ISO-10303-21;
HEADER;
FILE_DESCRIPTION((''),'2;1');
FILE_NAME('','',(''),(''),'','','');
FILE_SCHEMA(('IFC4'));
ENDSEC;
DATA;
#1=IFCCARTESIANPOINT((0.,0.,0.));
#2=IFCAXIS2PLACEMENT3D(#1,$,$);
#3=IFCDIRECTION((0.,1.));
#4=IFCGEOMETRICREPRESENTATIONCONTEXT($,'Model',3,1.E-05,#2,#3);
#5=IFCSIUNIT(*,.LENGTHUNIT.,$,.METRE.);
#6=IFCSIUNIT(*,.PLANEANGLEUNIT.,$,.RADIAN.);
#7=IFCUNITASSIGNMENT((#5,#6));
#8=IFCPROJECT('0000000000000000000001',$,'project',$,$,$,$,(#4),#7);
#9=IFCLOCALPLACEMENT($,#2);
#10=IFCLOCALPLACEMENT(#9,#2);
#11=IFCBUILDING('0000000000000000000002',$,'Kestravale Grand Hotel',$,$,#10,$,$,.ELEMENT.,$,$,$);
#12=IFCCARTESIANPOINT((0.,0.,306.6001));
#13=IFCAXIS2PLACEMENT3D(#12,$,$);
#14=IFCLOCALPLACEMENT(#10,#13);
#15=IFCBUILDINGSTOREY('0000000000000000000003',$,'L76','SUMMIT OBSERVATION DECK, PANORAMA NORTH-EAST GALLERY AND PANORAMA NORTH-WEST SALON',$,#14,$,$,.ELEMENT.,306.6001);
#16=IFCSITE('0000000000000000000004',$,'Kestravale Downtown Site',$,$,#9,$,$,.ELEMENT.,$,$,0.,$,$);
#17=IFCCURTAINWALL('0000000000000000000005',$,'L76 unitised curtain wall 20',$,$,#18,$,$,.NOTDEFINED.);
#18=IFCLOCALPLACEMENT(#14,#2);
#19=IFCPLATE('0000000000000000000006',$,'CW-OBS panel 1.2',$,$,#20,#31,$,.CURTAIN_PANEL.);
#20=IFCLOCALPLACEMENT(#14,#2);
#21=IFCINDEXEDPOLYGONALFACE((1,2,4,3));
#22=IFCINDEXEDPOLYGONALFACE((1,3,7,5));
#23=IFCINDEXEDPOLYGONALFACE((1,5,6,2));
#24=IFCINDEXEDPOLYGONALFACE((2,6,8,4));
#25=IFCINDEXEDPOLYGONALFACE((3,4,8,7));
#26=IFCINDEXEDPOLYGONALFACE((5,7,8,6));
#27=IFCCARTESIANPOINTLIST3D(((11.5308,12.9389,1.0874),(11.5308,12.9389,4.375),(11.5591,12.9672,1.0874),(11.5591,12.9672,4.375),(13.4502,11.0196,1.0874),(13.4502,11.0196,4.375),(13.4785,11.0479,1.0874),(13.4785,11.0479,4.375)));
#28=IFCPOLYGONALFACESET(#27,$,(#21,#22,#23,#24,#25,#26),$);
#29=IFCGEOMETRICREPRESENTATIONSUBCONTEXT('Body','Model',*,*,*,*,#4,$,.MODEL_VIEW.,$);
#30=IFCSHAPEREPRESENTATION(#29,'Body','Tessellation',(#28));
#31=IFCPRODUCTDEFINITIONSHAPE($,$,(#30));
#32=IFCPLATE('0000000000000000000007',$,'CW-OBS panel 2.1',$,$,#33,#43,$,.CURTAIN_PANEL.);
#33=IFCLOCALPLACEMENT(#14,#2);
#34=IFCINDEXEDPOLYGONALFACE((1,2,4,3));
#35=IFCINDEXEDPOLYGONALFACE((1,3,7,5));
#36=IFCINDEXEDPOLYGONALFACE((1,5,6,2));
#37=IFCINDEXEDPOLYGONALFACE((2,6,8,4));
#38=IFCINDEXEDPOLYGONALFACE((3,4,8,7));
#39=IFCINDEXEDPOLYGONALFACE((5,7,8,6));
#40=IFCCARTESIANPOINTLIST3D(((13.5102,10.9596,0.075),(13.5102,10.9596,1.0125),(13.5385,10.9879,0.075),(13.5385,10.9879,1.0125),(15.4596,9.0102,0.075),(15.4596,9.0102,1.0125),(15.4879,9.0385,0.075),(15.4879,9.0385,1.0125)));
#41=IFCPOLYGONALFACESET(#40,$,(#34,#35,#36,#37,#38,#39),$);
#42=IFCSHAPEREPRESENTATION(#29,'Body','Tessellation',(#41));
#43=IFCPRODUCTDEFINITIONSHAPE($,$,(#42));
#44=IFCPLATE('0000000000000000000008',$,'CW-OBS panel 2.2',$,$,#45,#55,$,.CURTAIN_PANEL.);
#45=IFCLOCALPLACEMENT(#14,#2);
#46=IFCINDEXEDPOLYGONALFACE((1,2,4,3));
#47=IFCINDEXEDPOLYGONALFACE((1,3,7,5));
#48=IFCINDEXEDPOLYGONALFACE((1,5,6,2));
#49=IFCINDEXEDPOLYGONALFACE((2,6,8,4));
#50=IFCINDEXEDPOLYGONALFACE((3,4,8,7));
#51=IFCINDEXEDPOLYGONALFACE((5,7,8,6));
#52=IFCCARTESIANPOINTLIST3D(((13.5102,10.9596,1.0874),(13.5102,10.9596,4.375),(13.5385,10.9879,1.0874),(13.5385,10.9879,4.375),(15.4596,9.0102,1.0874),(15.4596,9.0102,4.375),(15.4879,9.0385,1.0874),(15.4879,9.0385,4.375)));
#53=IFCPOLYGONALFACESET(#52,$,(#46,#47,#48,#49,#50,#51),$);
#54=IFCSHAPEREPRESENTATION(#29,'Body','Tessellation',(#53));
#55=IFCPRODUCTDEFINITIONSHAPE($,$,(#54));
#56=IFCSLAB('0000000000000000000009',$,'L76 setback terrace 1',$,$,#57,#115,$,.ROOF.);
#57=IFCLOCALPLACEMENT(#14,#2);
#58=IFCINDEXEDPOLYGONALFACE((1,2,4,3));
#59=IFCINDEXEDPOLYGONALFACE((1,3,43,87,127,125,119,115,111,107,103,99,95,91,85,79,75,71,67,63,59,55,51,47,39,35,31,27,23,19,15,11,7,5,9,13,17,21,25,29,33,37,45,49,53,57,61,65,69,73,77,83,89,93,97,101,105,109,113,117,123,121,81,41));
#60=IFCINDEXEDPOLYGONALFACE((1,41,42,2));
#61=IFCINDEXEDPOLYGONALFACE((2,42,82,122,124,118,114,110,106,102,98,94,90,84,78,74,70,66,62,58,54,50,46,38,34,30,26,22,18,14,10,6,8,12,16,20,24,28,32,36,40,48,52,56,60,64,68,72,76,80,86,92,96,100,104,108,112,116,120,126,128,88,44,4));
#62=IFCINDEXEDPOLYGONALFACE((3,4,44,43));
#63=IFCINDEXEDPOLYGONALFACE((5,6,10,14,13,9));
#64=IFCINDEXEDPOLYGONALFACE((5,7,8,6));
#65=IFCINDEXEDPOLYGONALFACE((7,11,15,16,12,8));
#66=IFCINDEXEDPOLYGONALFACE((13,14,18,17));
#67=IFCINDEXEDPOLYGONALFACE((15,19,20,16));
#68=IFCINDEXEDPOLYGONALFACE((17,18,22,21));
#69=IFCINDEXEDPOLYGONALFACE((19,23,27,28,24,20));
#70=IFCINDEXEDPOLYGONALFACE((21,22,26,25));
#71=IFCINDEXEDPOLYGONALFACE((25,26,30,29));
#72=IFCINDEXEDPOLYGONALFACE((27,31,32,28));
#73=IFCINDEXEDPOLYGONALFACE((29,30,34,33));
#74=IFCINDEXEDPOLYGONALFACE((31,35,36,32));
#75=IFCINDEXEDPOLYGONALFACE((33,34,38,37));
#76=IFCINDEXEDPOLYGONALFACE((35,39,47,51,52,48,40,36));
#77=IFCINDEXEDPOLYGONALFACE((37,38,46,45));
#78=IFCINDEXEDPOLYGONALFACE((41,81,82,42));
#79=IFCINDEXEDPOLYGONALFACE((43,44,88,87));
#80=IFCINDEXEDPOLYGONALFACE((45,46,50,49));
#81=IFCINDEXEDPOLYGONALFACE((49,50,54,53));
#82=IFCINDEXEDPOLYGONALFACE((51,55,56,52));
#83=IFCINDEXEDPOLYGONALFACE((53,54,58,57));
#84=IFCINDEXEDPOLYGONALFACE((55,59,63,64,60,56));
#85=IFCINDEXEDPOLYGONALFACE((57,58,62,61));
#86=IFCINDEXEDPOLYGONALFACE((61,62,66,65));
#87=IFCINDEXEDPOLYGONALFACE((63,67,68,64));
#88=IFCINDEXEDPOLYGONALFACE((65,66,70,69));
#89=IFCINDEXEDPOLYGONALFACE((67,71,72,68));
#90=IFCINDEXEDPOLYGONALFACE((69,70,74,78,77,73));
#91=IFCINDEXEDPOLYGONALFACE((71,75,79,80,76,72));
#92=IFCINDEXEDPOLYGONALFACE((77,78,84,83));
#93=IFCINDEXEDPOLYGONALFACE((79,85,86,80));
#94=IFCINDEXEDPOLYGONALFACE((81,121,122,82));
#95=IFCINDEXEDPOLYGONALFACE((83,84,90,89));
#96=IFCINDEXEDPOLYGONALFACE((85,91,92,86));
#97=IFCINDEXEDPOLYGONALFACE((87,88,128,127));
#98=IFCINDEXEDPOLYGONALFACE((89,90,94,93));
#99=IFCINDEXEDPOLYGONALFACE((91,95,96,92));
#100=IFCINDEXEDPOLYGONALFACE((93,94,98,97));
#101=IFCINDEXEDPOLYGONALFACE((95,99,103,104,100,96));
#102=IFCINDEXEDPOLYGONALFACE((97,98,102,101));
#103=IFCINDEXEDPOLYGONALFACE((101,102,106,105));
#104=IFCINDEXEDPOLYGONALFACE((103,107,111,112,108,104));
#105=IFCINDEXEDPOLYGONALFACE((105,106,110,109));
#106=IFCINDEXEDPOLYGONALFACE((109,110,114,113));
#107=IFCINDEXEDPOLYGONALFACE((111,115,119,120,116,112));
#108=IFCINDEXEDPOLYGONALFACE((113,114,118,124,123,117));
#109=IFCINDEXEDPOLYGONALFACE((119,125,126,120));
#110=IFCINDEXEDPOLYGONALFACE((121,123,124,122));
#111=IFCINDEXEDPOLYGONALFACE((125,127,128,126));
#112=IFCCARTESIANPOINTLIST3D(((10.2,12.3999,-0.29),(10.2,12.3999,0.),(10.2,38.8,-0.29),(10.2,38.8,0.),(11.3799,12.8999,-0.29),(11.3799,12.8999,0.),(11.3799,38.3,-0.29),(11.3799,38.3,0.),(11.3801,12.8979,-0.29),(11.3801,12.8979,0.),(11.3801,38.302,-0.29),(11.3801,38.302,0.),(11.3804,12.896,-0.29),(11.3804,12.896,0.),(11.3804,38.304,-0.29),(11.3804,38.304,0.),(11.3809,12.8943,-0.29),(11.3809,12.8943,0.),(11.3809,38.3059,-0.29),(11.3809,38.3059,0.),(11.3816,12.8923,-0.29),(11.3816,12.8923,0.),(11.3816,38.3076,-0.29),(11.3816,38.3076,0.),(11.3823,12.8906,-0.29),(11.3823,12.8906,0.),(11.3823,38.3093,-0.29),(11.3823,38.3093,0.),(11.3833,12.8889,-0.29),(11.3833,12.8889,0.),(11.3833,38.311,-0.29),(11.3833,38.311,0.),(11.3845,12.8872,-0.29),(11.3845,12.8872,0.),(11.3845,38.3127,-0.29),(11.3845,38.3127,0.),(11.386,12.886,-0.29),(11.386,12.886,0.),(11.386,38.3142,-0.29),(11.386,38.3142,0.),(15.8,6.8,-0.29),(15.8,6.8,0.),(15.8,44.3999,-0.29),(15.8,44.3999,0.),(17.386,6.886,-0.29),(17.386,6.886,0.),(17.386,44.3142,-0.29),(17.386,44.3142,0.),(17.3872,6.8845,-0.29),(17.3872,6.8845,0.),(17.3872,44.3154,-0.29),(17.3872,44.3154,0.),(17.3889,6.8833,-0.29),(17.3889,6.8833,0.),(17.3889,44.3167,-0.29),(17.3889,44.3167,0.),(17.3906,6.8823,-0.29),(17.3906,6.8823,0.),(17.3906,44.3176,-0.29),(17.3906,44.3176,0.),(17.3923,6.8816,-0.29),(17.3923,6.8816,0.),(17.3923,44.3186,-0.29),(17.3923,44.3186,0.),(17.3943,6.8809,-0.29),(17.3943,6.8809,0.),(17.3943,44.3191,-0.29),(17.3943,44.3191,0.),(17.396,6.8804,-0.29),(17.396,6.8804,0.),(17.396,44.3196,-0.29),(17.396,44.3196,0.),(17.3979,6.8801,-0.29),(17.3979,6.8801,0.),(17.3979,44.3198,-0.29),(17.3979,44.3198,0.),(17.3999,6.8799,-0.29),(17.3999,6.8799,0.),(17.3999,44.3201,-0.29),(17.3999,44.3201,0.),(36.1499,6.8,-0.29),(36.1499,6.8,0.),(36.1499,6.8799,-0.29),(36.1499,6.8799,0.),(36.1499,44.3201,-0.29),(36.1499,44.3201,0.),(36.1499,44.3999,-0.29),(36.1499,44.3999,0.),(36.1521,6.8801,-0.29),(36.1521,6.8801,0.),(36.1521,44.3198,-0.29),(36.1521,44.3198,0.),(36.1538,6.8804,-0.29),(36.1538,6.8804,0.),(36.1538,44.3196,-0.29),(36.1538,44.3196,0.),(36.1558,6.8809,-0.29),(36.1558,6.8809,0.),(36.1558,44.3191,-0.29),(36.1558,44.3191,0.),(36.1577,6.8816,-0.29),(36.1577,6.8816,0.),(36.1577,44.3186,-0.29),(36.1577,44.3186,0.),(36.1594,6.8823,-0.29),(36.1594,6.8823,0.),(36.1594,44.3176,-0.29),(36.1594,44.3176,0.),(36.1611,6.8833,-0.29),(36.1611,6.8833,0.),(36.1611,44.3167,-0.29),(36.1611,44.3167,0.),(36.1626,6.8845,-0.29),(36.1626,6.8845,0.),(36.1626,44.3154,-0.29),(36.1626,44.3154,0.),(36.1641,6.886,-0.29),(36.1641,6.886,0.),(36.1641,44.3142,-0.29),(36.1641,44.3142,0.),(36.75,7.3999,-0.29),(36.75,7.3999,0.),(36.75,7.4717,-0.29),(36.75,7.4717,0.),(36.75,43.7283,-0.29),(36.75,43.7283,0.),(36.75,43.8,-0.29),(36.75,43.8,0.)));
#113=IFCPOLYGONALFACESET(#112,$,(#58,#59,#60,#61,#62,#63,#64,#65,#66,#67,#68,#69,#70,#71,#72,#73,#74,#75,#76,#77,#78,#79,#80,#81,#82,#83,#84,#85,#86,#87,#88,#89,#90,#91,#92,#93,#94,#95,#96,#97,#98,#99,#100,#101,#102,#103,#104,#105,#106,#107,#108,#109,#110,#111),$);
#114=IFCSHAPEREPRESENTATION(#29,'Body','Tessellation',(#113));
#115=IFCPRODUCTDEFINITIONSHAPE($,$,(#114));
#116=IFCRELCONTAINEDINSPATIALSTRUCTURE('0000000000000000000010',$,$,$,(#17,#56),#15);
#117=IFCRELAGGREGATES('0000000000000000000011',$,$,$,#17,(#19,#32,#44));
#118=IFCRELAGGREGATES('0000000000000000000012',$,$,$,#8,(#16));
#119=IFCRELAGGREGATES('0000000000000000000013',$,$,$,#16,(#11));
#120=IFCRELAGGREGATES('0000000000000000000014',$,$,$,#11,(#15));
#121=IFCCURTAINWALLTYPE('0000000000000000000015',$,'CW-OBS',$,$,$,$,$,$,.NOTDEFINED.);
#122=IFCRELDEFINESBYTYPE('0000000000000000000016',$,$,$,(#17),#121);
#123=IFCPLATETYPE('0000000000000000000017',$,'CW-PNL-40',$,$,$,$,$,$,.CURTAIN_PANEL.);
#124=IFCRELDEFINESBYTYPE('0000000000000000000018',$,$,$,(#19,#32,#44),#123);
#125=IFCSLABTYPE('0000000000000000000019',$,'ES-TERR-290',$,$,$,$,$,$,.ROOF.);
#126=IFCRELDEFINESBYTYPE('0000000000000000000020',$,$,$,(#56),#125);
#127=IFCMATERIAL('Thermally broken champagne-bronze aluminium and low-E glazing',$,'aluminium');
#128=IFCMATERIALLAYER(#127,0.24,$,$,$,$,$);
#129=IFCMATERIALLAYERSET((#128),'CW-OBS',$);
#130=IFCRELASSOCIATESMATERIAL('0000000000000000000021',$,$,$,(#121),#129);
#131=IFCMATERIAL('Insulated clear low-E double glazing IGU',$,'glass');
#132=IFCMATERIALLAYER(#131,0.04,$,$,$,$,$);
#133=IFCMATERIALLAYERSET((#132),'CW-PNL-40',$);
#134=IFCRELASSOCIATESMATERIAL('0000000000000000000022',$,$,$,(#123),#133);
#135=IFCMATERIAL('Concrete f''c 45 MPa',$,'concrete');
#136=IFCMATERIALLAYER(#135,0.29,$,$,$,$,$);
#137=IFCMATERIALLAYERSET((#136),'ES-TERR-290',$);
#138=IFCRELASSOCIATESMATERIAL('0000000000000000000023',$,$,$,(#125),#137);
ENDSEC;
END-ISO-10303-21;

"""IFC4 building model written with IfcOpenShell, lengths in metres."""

from ifc_helpers import new_model, si_unit, direction, frame, origin, origin_2d, place, context, subcontext, project, spatial, polyline, rectangle, outline, extrude, material, layer, layer_set, type_object, element, aggregate, save


model = new_model("IFC4")

# Units and contexts
model_context = context("Model", 3, precision=1e-05, world=origin(), true_north=direction((0.0, 1.0)))
body_context = subcontext(model_context, "Body", "Model", "MODEL_VIEW")
ifc_project = project(units=[si_unit("LENGTHUNIT", "METRE"), si_unit("PLANEANGLEUNIT", "RADIAN")], contexts=[model_context])

# Site, building, storey
site_placement = place(None, origin())
site = spatial("IfcSite", under=ifc_project, at=site_placement, Name="Kestravale Downtown Site", CompositionType="ELEMENT", RefElevation=0.0)
building_placement = place(site_placement, origin())
building = spatial("IfcBuilding", under=site, at=building_placement, Name="Kestravale Grand Hotel", CompositionType="ELEMENT")
storey_placement = place(building_placement, frame((0.0, 0.0, 306.6001)))
storey = spatial("IfcBuildingStorey", under=building, at=storey_placement, Name="L76", Description="SUMMIT OBSERVATION DECK, PANORAMA NORTH-EAST GALLERY AND PANORAMA NORTH-WEST SALON", CompositionType="ELEMENT", Elevation=306.6001)

# Curtain wall, plates
ifc_material_1 = material(Name="Thermally broken champagne-bronze aluminium and low-E glazing", Category="aluminium")
ifc_layer_1 = layer(ifc_material_1, 0.24)
ifc_layer_set_1 = layer_set([ifc_layer_1], Name="CW-OBS")
curtain_wall_type = type_object("IfcCurtainWallType", Name="CW-OBS", PredefinedType="NOTDEFINED", material=ifc_layer_set_1)
curtain_wall_placement = place(storey_placement, origin())
curtain_wall = element("IfcCurtainWall", 1, at=curtain_wall_placement, inside=storey, type_object=curtain_wall_type, Name="L76 unitised curtain wall 20", PredefinedType="NOTDEFINED")
ifc_material_2 = material(Name="Insulated clear low-E double glazing IGU", Category="glass")
ifc_layer_2 = layer(ifc_material_2, 0.04)
ifc_layer_set_2 = layer_set([ifc_layer_2], Name="CW-PNL-40")
plate_type = type_object("IfcPlateType", Name="CW-PNL-40", PredefinedType="CURTAIN_PANEL", material=ifc_layer_set_2)
plate_1_placement = place(storey_placement, frame((12.5046, 11.9934, 1.0874), z_axis=(0.0, 0.0, 1.0), x_axis=(0.707107, -0.707107, 0.0)))
plate_1 = element("IfcPlate", 2, at=plate_1_placement, type_object=plate_type, Name="CW-OBS panel 1.2", PredefinedType="CURTAIN_PANEL", context=body_context, shape_type="SweptSolid", body=[
    extrude(rectangle(XDim=2.7144, YDim=0.04, at=origin_2d()), origin(), (0.0, 0.0, 1.0), 3.2876),
])
plate_2_placement = place(storey_placement, frame((14.499, 9.999, 0.075), z_axis=(0.0, 0.0, 1.0), x_axis=(0.707107, -0.707107, 0.0)))
plate_2 = element("IfcPlate", 3, at=plate_2_placement, type_object=plate_type, Name="CW-OBS panel 2.1", PredefinedType="CURTAIN_PANEL", context=body_context, shape_type="SweptSolid", body=[
    extrude(rectangle(XDim=2.7568, YDim=0.04, at=origin_2d()), origin(), (0.0, 0.0, 1.0), 0.9375),
])
plate_3_placement = place(storey_placement, frame((14.499, 9.999, 1.0874), z_axis=(0.0, 0.0, 1.0), x_axis=(0.707107, -0.707107, 0.0)))
plate_3 = element("IfcPlate", 4, at=plate_3_placement, type_object=plate_type, Name="CW-OBS panel 2.2", PredefinedType="CURTAIN_PANEL", context=body_context, shape_type="SweptSolid", body=[
    extrude(rectangle(XDim=2.7568, YDim=0.04, at=origin_2d()), origin(), (0.0, 0.0, 1.0), 3.2876),
])
aggregate(curtain_wall, [plate_1, plate_2, plate_3])

# Slab
ifc_material_3 = material(Name="Concrete f'c 45 MPa", Category="concrete")
ifc_layer_3 = layer(ifc_material_3, 0.29)
ifc_layer_set_3 = layer_set([ifc_layer_3], Name="ES-TERR-290")
slab_type_1 = type_object("IfcSlabType", Name="ES-TERR-290", PredefinedType="ROOF", material=ifc_layer_set_3)
slab_1_placement = place(storey_placement, frame((0.0, 0.0, -0.29)))
element("IfcSlab", 5, at=slab_1_placement, inside=storey, type_object=slab_type_1, Name="L76 setback terrace 1", PredefinedType="ROOF", context=body_context, shape_type="SweptSolid", body=[
    extrude(outline(polyline([(36.75, 7.3999), (36.1499, 6.8), (15.8, 6.8), (10.2, 12.3999), (10.2, 38.8), (15.8, 44.3999), (36.1499, 44.3999), (36.75, 43.8), (36.75, 43.7283), (36.1641, 44.3142), (36.1626, 44.3154), (36.1611, 44.3167), (36.1594, 44.3176), (36.1577, 44.3186), (36.1558, 44.3191), (36.1538, 44.3196), (36.1521, 44.3198), (36.1499, 44.3201), (17.3999, 44.3201), (17.3979, 44.3198), (17.396, 44.3196), (17.3943, 44.3191), (17.3923, 44.3186), (17.3906, 44.3176), (17.3889, 44.3167), (17.3872, 44.3154), (17.386, 44.3142), (11.386, 38.3142), (11.3845, 38.3127), (11.3833, 38.311), (11.3823, 38.3093), (11.3816, 38.3076), (11.3809, 38.3059), (11.3804, 38.304), (11.3801, 38.302), (11.3799, 38.3), (11.3799, 12.8999), (11.3801, 12.8979), (11.3804, 12.896), (11.3809, 12.8943), (11.3816, 12.8923), (11.3823, 12.8906), (11.3833, 12.8889), (11.3845, 12.8872), (11.386, 12.886), (17.386, 6.886), (17.3872, 6.8845), (17.3889, 6.8833), (17.3906, 6.8823), (17.3923, 6.8816), (17.3943, 6.8809), (17.396, 6.8804), (17.3979, 6.8801), (17.3999, 6.8799), (36.1499, 6.8799), (36.1521, 6.8801), (36.1538, 6.8804), (36.1558, 6.8809), (36.1577, 6.8816), (36.1594, 6.8823), (36.1611, 6.8833), (36.1626, 6.8845), (36.1641, 6.886), (36.75, 7.4717), (36.75, 7.3999)])), origin(), (0.0, 0.0, 1.0), 0.29),
])

save(model, "model.ifc")
